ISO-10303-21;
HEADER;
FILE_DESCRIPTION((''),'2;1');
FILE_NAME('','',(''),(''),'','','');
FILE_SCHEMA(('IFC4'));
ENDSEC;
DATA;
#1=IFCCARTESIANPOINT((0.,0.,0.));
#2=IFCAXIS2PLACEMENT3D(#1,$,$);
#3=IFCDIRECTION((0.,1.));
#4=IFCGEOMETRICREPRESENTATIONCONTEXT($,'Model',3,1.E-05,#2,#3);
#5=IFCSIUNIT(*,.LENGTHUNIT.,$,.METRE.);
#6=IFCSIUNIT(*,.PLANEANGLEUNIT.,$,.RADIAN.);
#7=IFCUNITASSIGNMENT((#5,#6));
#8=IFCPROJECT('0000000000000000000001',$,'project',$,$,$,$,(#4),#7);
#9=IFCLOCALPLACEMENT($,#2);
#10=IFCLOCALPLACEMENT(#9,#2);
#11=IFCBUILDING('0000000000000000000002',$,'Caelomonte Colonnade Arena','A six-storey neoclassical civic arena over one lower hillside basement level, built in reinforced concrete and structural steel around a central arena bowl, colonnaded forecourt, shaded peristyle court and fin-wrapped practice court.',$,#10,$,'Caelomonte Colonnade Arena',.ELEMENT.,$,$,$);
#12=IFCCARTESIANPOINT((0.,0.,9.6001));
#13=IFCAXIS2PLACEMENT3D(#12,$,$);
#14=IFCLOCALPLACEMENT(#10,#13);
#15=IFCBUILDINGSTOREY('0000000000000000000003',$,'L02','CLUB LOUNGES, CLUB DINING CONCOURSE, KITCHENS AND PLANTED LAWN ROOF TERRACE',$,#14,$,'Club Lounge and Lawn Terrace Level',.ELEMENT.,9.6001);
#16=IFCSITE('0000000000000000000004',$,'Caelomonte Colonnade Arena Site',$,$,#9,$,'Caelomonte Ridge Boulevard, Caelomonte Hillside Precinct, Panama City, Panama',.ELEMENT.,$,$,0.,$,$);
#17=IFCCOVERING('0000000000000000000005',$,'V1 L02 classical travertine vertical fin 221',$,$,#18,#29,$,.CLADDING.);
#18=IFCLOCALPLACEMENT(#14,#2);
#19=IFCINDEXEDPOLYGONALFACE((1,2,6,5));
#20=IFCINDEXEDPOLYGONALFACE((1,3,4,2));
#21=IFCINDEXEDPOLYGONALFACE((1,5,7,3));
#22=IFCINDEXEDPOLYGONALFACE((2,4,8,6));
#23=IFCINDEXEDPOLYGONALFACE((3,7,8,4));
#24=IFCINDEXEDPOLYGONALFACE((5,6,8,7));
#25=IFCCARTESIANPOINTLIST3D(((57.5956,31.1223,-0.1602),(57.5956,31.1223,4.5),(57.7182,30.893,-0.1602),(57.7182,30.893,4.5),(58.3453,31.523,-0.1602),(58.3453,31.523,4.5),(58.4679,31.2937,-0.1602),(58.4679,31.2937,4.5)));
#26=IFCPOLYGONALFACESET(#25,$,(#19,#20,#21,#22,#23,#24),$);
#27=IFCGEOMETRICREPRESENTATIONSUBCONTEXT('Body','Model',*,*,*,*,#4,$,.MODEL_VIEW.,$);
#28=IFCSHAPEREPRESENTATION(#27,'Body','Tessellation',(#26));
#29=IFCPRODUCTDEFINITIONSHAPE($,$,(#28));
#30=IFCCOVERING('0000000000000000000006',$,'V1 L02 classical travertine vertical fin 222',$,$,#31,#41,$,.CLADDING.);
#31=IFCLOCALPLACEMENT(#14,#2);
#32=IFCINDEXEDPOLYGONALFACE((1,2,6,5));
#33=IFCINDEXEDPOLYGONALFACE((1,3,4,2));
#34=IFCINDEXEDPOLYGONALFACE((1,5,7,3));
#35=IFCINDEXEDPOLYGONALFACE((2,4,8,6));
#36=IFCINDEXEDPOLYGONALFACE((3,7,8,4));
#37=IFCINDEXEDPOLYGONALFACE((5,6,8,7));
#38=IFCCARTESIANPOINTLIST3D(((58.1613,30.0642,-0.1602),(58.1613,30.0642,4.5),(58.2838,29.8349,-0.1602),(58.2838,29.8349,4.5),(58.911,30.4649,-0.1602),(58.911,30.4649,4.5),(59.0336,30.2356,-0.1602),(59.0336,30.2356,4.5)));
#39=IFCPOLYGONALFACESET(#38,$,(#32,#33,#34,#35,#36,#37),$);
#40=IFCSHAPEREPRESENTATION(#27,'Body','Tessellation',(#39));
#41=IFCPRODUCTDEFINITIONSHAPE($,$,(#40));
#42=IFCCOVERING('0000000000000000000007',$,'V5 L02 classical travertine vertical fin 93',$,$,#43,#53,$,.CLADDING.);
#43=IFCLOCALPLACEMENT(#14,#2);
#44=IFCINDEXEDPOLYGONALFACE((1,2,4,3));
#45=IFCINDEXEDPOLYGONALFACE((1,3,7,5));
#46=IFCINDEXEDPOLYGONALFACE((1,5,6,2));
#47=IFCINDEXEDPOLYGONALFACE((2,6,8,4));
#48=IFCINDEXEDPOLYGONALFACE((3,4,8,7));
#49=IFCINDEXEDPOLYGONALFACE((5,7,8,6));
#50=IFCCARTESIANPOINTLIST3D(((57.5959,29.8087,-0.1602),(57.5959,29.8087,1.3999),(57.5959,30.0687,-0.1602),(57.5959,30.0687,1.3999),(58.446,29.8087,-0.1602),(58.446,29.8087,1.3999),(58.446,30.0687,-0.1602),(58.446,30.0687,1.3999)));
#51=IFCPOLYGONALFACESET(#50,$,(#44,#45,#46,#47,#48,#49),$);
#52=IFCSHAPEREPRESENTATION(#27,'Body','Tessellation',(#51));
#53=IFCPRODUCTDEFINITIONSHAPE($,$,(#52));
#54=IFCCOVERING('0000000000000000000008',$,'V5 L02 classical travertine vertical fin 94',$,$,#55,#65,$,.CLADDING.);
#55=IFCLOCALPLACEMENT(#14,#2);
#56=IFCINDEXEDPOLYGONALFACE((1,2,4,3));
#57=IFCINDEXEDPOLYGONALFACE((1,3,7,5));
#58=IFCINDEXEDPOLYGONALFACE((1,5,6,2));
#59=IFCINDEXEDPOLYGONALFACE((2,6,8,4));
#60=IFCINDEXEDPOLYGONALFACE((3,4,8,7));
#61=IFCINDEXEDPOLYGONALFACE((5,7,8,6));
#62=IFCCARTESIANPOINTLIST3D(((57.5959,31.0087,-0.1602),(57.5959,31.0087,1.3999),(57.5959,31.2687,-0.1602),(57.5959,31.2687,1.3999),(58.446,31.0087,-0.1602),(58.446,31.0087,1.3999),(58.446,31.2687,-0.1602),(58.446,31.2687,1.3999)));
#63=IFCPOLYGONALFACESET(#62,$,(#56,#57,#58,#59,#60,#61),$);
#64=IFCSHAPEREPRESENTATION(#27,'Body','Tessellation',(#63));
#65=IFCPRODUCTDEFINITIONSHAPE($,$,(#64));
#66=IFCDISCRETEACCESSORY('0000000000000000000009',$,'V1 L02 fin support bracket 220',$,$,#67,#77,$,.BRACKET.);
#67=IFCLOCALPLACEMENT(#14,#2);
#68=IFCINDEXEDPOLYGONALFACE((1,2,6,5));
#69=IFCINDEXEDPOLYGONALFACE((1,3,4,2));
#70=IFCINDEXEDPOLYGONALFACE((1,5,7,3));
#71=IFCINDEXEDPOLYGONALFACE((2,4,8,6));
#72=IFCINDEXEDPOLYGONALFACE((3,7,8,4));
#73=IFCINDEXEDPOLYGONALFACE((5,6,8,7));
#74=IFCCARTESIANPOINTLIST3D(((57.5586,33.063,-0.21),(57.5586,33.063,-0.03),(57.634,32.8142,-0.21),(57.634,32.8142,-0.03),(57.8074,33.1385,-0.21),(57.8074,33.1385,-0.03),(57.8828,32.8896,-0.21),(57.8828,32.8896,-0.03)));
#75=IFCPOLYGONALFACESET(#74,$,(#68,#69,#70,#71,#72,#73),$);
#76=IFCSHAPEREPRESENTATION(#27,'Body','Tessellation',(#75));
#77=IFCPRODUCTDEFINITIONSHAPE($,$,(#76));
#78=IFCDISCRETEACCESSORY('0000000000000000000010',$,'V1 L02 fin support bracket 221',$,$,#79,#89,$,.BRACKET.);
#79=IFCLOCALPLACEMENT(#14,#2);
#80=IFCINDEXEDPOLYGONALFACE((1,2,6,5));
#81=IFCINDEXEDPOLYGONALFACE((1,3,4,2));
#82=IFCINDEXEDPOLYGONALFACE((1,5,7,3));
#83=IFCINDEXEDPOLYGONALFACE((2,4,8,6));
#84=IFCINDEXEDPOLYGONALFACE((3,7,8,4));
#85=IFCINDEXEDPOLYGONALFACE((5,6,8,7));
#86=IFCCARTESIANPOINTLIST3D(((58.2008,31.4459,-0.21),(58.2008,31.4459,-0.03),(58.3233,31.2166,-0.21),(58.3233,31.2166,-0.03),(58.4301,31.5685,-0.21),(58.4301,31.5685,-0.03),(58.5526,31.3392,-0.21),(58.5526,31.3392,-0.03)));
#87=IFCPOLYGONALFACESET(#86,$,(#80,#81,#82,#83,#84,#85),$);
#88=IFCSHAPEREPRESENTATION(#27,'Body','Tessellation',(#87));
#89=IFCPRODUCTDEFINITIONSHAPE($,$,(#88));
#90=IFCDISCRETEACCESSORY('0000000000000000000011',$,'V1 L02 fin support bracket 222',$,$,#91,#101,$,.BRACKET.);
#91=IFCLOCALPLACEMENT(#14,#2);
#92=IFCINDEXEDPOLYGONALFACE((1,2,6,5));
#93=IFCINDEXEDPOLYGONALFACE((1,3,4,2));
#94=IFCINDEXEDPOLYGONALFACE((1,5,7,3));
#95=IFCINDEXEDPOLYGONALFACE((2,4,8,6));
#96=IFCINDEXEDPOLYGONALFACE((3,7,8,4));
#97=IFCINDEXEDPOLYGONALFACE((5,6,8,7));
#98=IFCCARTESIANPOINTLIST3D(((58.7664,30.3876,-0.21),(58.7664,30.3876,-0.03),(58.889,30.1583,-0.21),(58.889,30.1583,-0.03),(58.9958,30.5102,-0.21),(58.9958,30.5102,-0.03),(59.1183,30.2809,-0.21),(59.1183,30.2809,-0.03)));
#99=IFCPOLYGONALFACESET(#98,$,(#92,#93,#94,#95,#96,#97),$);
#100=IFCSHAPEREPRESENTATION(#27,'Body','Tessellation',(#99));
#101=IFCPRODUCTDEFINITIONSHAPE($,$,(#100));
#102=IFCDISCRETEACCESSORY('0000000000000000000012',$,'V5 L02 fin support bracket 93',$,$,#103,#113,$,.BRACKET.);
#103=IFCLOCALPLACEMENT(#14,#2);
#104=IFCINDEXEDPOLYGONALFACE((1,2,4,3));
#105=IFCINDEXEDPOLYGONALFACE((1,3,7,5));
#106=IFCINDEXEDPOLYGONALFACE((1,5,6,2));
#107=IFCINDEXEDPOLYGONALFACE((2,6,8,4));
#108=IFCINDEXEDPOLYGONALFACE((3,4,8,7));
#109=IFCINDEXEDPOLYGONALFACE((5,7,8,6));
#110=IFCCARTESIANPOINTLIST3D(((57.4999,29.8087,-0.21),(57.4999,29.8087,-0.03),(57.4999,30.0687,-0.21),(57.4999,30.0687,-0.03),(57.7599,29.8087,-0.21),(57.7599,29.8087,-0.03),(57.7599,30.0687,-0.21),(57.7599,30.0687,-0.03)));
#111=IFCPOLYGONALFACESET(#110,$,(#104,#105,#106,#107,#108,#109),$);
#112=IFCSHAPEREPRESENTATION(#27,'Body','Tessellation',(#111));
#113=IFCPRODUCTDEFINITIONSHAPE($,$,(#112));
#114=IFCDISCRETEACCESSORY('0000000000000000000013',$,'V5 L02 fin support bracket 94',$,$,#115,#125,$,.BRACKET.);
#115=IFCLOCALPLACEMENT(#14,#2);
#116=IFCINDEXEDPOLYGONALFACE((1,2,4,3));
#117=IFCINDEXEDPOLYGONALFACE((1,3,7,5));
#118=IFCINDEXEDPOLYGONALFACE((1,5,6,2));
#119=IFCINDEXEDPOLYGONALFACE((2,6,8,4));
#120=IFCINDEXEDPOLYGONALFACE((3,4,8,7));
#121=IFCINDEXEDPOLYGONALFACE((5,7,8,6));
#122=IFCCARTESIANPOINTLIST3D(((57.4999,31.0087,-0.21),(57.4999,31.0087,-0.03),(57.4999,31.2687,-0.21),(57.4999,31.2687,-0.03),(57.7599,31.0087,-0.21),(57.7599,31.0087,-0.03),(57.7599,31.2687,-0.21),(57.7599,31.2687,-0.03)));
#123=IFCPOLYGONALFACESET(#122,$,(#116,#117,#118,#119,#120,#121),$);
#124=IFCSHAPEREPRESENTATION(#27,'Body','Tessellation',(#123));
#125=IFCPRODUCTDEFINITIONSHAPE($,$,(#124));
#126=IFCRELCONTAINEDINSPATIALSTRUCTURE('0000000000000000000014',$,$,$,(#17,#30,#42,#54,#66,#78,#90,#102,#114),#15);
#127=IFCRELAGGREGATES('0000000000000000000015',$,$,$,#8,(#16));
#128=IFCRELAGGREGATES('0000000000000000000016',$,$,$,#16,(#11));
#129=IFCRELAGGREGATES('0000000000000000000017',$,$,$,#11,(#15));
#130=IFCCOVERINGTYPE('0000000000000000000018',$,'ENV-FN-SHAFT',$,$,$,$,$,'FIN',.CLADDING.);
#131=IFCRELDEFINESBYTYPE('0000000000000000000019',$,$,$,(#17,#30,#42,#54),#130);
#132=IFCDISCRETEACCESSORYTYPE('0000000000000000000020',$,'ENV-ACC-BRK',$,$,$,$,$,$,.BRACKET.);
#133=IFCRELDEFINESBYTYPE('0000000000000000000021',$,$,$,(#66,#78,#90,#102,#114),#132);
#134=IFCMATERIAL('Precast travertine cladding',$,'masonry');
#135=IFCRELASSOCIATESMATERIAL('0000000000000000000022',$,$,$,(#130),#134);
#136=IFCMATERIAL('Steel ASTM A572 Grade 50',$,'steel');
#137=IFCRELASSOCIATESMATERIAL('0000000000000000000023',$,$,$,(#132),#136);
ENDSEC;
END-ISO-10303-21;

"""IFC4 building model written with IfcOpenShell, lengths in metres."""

from ifc_helpers import new_model, si_unit, direction, frame, origin, origin_2d, place, context, subcontext, project, spatial, rectangle, extrude, material, material_profile, profile_set, type_object, element, save


model = new_model("IFC4")

# Units and contexts
model_context = context("Model", 3, precision=1e-05, world=origin(), true_north=direction((0.0, 1.0)))
body_context = subcontext(model_context, "Body", "Model", "MODEL_VIEW")
ifc_project = project(units=[si_unit("LENGTHUNIT", "METRE"), si_unit("PLANEANGLEUNIT", "RADIAN")], contexts=[model_context])

# Site, building, storey
site_placement = place(None, origin())
site = spatial("IfcSite", under=ifc_project, at=site_placement, Name="Caelomonte Colonnade Arena Site", LongName="Caelomonte Ridge Boulevard, Caelomonte Hillside Precinct, Panama City, Panama", CompositionType="ELEMENT", RefElevation=0.0)
building_placement = place(site_placement, origin())
building = spatial("IfcBuilding", under=site, at=building_placement, Name="Caelomonte Colonnade Arena", Description="A six-storey neoclassical civic arena over one lower hillside basement level, built in reinforced concrete and structural steel around a central arena bowl, colonnaded forecourt, shaded peristyle court and fin-wrapped practice court.", LongName="Caelomonte Colonnade Arena", CompositionType="ELEMENT")
storey_placement = place(building_placement, frame((0.0, 0.0, 9.6001)))
storey = spatial("IfcBuildingStorey", under=building, at=storey_placement, Name="L02", Description="CLUB LOUNGES, CLUB DINING CONCOURSE, KITCHENS AND PLANTED LAWN ROOF TERRACE", LongName="Club Lounge and Lawn Terrace Level", CompositionType="ELEMENT", Elevation=9.6001)

# Coverings
ifc_material_1 = material(Name="Precast travertine cladding", Category="masonry")
ifc_material_profile_1 = material_profile(ifc_material_1, rectangle(XDim=0.26, YDim=0.8501, at=origin_2d()), Name="FIN260X850")
ifc_profile_set_1 = profile_set([ifc_material_profile_1], Name="Precast travertine cladding")
covering_type = type_object("IfcCoveringType", Name="ENV-FN-SHAFT", ElementType="FIN", PredefinedType="CLADDING", material=ifc_profile_set_1)
for number, where, z_axis, x_axis, name in (
    (1, (58.0317, 31.208, -0.1602), (0.0, 0.0, 1.0), (-0.471397, 0.881921, 0.0), "V1 L02 classical travertine vertical fin 221"),
    (2, (58.5974, 30.1499, -0.1602), (0.0, 0.0, 1.0), (-0.471397, 0.881921, 0.0), "V1 L02 classical travertine vertical fin 222"),
):
    element("IfcCovering", number, at=place(storey_placement, frame(where, z_axis=z_axis, x_axis=x_axis)), inside=storey, type_object=covering_type, Name=name, PredefinedType="CLADDING", context=body_context, shape_type="SweptSolid", body=[
        extrude(rectangle(XDim=0.26, YDim=0.8501, at=origin_2d()), origin(), (0.0, 0.0, 1.0), 4.6602),
    ])
for number, where, z_axis, x_axis, name in (
    (3, (58.021, 29.9387, -0.1602), (0.0, 0.0, 1.0), (0.0, -1.0, 0.0), "V5 L02 classical travertine vertical fin 93"),
    (4, (58.021, 31.1387, -0.1602), (0.0, 0.0, 1.0), (0.0, -1.0, 0.0), "V5 L02 classical travertine vertical fin 94"),
):
    element("IfcCovering", number, at=place(storey_placement, frame(where, z_axis=z_axis, x_axis=x_axis)), inside=storey, type_object=covering_type, Name=name, PredefinedType="CLADDING", context=body_context, shape_type="SweptSolid", body=[
        extrude(rectangle(XDim=0.26, YDim=0.8501, at=origin_2d()), origin(), (0.0, 0.0, 1.0), 1.5601),
    ])

# Discrete accessories
ifc_material_2 = material(Name="Steel ASTM A572 Grade 50", Category="steel")
discrete_accessory_type = type_object("IfcDiscreteAccessoryType", Name="ENV-ACC-BRK", PredefinedType="BRACKET", material=ifc_material_2)
for number, where, z_axis, x_axis, name in (
    (5, (57.7207, 32.9763, -0.21), (0.0, 0.0, 1.0), (0.290276, -0.956943, 0.0), "V1 L02 fin support bracket 220"),
    (6, (58.3767, 31.3926, -0.21), (0.0, 0.0, 1.0), (0.471397, -0.881921, 0.0), "V1 L02 fin support bracket 221"),
    (7, (58.9424, 30.3342, -0.21), (0.0, 0.0, 1.0), (0.471397, -0.881921, 0.0), "V1 L02 fin support bracket 222"),
    (8, (57.6299, 29.9387, -0.21), (0.0, 0.0, 1.0), (0.0, 1.0, 0.0), "V5 L02 fin support bracket 93"),
    (9, (57.6299, 31.1387, -0.21), (0.0, 0.0, 1.0), (0.0, 1.0, 0.0), "V5 L02 fin support bracket 94"),
):
    element("IfcDiscreteAccessory", number, at=place(storey_placement, frame(where, z_axis=z_axis, x_axis=x_axis)), inside=storey, type_object=discrete_accessory_type, Name=name, PredefinedType="BRACKET", context=body_context, shape_type="SweptSolid", body=[
        extrude(rectangle(XDim=0.26, YDim=0.26, at=origin_2d()), origin(), (0.0, 0.0, 1.0), 0.1799),
    ])

save(model, "model.ifc")
